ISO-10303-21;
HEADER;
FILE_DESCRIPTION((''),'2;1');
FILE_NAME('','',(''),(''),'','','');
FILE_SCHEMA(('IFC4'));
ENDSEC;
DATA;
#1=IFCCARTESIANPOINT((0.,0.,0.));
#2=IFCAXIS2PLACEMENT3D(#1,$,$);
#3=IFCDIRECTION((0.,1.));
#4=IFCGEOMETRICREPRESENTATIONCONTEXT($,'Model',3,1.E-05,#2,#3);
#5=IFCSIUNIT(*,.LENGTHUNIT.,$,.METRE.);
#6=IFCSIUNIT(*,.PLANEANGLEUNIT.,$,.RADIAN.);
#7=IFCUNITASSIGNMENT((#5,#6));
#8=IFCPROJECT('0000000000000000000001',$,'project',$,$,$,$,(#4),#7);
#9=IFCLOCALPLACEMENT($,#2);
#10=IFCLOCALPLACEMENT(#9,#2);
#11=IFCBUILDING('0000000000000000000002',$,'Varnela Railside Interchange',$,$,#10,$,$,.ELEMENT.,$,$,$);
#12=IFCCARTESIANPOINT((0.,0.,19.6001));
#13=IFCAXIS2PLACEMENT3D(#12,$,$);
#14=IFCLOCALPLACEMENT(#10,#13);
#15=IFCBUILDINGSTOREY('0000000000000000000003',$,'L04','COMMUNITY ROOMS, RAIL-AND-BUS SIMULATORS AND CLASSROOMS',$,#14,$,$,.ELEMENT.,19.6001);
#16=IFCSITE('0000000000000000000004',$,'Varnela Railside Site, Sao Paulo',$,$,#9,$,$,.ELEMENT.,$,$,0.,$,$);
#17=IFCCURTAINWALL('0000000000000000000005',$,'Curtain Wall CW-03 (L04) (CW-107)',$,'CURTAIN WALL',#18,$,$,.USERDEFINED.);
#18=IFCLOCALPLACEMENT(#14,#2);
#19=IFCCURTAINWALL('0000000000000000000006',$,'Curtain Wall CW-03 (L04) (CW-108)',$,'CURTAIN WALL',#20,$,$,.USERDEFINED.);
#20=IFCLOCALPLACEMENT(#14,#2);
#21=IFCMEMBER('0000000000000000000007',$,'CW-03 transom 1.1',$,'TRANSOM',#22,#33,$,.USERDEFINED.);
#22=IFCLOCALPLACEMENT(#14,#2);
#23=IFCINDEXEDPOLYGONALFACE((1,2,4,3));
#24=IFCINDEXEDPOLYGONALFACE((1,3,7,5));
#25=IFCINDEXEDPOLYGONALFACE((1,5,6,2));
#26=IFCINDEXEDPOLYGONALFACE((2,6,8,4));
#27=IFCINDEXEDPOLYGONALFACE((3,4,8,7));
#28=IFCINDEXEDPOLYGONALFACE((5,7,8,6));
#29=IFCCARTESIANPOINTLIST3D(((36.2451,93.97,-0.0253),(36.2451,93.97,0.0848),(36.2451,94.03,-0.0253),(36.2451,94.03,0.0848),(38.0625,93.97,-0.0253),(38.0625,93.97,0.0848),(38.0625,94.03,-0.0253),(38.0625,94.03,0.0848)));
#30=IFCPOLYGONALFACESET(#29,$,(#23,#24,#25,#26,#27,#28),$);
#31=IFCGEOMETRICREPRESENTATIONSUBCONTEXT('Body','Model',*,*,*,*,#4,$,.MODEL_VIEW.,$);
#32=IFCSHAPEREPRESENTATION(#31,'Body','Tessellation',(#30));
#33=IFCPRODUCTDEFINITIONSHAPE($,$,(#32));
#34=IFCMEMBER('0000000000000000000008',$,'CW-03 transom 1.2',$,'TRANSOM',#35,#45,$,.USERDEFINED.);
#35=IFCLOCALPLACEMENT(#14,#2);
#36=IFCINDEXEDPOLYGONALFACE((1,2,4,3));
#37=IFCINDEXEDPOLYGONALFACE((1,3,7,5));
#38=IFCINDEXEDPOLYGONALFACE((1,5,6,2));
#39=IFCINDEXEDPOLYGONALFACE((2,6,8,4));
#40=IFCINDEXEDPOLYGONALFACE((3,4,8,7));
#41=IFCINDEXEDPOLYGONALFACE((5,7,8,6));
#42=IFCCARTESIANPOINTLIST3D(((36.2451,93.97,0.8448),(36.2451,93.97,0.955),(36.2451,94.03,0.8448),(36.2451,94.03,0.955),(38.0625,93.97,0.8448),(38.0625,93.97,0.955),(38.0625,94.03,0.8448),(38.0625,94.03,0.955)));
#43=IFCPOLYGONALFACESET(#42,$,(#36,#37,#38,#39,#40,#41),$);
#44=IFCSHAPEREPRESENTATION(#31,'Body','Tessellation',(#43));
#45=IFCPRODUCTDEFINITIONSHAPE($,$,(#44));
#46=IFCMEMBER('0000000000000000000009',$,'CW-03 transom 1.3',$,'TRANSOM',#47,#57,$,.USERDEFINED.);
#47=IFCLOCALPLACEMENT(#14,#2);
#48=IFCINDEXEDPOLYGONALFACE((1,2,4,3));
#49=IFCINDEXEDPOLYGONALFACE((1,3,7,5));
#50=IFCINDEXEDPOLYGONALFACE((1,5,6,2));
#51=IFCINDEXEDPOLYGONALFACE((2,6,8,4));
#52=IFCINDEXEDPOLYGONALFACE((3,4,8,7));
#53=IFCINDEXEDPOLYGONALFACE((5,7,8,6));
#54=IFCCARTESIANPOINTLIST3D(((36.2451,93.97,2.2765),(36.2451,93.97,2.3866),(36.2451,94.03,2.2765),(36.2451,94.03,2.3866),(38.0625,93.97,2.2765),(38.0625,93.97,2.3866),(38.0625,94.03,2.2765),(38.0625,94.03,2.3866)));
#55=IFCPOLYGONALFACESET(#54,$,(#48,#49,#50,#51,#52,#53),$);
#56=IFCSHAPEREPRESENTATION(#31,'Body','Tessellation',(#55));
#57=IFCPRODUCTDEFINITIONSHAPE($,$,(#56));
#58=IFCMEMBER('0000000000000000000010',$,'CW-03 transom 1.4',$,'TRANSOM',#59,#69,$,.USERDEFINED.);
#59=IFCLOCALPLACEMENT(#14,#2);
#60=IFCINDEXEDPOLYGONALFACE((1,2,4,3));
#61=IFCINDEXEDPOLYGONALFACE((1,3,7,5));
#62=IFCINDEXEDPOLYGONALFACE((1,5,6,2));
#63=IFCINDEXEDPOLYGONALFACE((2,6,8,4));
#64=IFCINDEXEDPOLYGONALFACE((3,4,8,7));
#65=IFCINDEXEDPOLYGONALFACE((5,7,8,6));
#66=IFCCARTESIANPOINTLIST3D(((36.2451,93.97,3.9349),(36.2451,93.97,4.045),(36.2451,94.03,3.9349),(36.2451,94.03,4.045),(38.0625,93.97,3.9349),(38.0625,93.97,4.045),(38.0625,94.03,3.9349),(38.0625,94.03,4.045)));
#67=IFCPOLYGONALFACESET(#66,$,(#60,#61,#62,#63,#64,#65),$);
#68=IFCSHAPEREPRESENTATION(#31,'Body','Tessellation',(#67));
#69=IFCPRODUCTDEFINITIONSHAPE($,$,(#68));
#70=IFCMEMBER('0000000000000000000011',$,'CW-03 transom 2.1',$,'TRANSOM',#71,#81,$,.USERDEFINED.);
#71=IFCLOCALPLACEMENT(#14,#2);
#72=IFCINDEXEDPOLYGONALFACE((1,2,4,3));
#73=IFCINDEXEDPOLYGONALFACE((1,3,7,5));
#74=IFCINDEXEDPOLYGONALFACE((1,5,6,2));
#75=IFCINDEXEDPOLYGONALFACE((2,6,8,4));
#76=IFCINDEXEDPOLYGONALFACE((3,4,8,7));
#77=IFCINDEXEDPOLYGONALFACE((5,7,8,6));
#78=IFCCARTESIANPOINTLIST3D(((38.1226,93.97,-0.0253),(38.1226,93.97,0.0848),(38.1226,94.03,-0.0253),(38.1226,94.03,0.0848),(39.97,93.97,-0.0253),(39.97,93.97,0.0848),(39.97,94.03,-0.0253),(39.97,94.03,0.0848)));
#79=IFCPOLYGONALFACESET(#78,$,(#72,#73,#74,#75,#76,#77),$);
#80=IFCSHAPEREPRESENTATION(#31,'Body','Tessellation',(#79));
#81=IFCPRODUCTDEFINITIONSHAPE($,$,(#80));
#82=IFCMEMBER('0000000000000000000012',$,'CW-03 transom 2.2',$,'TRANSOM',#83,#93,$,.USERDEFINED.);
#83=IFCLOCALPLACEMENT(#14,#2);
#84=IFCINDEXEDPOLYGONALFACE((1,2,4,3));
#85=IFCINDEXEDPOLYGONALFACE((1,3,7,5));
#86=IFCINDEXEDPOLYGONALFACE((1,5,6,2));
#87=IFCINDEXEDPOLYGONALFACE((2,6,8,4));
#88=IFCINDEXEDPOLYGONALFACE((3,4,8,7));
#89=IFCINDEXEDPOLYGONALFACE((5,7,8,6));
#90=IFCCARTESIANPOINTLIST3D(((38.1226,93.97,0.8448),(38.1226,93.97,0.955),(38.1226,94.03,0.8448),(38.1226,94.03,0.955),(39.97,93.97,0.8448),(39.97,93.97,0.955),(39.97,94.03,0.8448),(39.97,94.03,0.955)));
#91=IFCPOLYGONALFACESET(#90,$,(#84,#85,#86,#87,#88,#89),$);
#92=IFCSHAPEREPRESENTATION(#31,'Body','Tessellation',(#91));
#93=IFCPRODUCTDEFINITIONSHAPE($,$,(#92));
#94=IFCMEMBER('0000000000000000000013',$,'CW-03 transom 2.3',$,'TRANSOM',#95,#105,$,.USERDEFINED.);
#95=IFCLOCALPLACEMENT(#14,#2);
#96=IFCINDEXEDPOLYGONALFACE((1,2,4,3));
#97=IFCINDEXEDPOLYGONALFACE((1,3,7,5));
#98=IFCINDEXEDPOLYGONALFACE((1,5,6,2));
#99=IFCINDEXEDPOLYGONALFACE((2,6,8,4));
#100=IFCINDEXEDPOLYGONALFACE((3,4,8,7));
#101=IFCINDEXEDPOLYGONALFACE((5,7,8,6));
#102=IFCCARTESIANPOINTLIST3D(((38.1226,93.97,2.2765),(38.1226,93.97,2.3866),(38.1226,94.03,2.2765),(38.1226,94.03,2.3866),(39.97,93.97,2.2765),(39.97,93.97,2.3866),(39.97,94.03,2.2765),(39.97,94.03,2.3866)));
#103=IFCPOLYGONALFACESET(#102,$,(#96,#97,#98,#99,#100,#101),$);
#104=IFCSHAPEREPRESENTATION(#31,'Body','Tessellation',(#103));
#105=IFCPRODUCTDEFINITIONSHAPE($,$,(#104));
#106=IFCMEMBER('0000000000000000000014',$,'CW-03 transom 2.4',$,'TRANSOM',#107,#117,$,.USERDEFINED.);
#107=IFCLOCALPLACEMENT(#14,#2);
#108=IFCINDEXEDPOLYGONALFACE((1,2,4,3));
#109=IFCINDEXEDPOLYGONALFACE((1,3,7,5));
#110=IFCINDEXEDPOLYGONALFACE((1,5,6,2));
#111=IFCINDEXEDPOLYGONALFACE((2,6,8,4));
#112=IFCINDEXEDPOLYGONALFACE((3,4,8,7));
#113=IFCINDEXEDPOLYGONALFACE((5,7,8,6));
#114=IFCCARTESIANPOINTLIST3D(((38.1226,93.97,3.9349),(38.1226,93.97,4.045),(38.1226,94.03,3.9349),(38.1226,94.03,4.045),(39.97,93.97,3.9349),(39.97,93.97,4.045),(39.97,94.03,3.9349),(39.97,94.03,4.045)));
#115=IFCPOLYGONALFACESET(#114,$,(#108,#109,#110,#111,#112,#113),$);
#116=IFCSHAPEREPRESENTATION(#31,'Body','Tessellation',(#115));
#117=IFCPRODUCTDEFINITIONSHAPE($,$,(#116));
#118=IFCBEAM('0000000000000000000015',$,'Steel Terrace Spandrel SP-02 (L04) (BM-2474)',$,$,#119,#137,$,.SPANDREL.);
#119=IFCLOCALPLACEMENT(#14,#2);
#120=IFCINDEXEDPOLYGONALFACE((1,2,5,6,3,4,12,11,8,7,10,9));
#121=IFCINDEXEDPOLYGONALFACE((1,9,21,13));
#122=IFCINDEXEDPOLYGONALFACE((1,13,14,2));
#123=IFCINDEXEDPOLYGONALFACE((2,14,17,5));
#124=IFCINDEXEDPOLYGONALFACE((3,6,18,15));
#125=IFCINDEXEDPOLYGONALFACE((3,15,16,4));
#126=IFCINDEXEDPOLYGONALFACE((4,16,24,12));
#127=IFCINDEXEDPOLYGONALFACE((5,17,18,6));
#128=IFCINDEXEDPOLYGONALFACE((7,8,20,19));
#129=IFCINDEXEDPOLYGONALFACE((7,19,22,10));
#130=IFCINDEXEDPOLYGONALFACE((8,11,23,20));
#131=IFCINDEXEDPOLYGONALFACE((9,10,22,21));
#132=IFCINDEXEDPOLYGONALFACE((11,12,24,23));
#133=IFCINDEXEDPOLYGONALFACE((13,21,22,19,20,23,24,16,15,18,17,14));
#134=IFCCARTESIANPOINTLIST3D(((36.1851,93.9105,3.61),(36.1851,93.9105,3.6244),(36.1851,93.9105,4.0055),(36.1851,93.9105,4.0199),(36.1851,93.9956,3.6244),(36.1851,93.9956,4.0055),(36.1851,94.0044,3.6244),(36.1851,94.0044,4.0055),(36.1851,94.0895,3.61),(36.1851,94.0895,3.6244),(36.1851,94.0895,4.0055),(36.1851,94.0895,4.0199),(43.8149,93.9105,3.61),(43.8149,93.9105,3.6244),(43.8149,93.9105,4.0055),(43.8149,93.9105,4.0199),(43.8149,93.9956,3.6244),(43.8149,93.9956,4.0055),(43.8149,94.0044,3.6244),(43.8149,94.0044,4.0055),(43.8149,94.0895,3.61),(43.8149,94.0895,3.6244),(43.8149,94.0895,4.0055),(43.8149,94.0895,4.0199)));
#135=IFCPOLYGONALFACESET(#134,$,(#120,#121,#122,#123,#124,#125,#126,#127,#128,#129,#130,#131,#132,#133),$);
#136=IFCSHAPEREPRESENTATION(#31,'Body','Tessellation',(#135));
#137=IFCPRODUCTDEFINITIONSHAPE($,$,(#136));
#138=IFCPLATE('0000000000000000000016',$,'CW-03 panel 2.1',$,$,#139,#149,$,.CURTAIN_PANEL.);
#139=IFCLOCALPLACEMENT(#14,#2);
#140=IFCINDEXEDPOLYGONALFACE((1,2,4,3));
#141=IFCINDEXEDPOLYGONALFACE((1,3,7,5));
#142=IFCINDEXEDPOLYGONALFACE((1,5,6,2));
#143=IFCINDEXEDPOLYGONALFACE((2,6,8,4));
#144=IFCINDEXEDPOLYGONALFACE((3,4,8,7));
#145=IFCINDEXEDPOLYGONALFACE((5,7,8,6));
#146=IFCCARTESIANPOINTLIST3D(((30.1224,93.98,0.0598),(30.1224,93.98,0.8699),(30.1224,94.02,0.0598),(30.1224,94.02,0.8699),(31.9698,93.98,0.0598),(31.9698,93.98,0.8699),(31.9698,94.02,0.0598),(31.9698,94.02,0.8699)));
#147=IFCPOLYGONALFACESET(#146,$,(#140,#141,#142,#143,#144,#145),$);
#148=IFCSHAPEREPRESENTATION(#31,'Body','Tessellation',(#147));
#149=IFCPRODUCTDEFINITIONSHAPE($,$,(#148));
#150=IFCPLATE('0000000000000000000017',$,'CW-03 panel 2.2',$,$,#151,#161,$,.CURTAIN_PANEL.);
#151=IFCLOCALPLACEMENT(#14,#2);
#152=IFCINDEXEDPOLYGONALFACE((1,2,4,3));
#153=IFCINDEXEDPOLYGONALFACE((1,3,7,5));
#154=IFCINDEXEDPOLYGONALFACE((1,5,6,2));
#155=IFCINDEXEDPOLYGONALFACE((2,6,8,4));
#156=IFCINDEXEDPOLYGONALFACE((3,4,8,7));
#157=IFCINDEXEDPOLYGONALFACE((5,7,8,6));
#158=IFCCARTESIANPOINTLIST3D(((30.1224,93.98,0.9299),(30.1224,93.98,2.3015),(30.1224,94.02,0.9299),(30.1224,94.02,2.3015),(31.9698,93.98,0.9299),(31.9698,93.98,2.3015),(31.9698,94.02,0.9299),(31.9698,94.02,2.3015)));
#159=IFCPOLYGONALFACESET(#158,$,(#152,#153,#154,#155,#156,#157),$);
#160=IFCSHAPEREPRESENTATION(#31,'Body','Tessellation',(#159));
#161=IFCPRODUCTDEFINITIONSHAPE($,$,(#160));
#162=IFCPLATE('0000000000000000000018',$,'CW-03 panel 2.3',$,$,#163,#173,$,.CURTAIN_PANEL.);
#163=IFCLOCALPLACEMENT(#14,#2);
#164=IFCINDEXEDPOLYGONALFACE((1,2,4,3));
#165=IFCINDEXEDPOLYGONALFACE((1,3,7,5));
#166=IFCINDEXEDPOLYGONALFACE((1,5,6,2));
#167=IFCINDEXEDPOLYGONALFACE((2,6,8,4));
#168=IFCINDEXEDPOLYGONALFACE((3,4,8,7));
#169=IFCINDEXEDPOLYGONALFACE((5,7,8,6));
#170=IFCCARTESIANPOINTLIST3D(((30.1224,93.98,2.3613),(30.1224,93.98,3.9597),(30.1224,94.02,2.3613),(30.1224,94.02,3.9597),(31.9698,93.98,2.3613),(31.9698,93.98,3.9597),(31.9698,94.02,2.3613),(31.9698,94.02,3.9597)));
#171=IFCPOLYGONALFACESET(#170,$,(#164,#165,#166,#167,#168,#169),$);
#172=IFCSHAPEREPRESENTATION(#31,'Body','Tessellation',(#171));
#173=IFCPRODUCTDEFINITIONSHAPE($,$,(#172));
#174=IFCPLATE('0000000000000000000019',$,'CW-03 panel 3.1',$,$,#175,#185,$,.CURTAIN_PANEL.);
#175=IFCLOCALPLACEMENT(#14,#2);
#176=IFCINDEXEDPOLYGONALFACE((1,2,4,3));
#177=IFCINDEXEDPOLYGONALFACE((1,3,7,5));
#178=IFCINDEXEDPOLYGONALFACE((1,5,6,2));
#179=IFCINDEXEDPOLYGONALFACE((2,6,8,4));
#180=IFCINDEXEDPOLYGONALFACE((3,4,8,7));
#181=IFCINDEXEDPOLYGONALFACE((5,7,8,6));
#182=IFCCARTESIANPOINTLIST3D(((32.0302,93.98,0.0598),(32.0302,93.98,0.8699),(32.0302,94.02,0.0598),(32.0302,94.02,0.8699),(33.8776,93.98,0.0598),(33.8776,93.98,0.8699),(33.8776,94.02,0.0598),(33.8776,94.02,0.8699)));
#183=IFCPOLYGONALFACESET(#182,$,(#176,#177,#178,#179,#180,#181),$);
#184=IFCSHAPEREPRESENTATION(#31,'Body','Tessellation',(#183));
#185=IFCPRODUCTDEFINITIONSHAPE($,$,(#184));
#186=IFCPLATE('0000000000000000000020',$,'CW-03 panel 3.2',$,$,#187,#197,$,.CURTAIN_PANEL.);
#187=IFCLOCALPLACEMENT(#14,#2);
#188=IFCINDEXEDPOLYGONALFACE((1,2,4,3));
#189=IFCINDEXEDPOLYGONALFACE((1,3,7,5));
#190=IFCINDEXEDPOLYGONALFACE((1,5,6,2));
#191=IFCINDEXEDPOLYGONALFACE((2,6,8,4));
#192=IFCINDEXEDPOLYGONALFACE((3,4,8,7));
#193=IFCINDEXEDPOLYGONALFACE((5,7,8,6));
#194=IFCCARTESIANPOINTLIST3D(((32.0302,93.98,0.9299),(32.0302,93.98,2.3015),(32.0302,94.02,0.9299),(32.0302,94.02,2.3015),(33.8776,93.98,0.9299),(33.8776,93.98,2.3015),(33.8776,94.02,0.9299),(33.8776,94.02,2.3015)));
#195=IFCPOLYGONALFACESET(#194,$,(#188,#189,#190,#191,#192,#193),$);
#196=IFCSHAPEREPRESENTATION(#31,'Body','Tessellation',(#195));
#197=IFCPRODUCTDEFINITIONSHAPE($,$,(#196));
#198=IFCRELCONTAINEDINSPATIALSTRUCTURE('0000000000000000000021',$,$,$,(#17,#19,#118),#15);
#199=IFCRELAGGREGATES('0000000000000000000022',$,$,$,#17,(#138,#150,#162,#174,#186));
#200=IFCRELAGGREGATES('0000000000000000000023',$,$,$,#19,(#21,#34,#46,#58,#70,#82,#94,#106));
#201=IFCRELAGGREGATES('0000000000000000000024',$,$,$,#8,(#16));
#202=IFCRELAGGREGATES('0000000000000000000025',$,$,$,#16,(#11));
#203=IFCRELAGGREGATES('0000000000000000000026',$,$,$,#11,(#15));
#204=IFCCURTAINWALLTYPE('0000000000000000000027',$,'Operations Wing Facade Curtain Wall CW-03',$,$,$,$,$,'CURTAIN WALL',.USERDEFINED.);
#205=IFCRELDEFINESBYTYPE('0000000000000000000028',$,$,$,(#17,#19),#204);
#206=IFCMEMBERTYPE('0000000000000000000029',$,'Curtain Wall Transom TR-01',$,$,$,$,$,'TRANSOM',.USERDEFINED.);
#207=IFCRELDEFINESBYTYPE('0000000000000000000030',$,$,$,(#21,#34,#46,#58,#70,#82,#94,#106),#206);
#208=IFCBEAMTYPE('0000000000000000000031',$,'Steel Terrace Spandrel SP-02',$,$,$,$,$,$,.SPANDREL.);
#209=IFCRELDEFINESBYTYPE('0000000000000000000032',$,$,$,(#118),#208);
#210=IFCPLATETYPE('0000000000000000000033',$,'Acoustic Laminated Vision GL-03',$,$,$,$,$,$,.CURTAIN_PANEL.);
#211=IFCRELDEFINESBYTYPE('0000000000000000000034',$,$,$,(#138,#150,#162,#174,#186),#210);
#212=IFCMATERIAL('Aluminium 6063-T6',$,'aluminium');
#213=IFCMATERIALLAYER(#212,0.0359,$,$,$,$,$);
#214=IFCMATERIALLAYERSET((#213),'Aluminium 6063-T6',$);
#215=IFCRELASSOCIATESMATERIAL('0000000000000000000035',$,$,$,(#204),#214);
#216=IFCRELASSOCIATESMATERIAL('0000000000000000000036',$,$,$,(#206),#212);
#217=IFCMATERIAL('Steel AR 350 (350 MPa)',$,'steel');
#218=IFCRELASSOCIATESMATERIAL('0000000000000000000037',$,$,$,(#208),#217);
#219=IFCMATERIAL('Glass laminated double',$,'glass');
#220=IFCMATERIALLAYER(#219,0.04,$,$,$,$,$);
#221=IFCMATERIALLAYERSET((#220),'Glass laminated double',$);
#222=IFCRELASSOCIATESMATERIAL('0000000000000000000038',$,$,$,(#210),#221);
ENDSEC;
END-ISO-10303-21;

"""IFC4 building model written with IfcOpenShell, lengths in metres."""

from ifc_helpers import new_model, si_unit, direction, frame, origin, origin_2d, place, context, subcontext, project, spatial, rectangle, i_section, extrude, material, layer, layer_set, material_profile, profile_set, type_object, element, aggregate, save


model = new_model("IFC4")

# Units and contexts
model_context = context("Model", 3, precision=1e-05, world=origin(), true_north=direction((0.0, 1.0)))
body_context = subcontext(model_context, "Body", "Model", "MODEL_VIEW")
ifc_project = project(units=[si_unit("LENGTHUNIT", "METRE"), si_unit("PLANEANGLEUNIT", "RADIAN")], contexts=[model_context])

# Site, building, storey
site_placement = place(None, origin())
site = spatial("IfcSite", under=ifc_project, at=site_placement, Name="Varnela Railside Site, Sao Paulo", CompositionType="ELEMENT", RefElevation=0.0)
building_placement = place(site_placement, origin())
building = spatial("IfcBuilding", under=site, at=building_placement, Name="Varnela Railside Interchange", CompositionType="ELEMENT")
storey_placement = place(building_placement, frame((0.0, 0.0, 19.6001)))
storey = spatial("IfcBuildingStorey", under=building, at=storey_placement, Name="L04", Description="COMMUNITY ROOMS, RAIL-AND-BUS SIMULATORS AND CLASSROOMS", CompositionType="ELEMENT", Elevation=19.6001)

# Shared definitions
ifc_material_1 = material(Name="Steel AR 350 (350 MPa)", Category="steel")

# Curtain walls
ifc_material_2 = material(Name="Aluminium 6063-T6", Category="aluminium")
ifc_layer_1 = layer(ifc_material_2, 0.0359)
ifc_layer_set_1 = layer_set([ifc_layer_1], Name="Aluminium 6063-T6")
curtain_wall_type = type_object("IfcCurtainWallType", Name="Operations Wing Facade Curtain Wall CW-03", ElementType="CURTAIN WALL", PredefinedType="USERDEFINED", material=ifc_layer_set_1)
curtain_wall_1_placement = place(storey_placement, origin())
curtain_wall_1 = element("IfcCurtainWall", 1, at=curtain_wall_1_placement, inside=storey, type_object=curtain_wall_type, Name="Curtain Wall CW-03 (L04) (CW-107)", ObjectType="CURTAIN WALL", PredefinedType="USERDEFINED")
curtain_wall_2_placement = place(storey_placement, origin())
curtain_wall_2 = element("IfcCurtainWall", 2, at=curtain_wall_2_placement, inside=storey, type_object=curtain_wall_type, Name="Curtain Wall CW-03 (L04) (CW-108)", ObjectType="CURTAIN WALL", PredefinedType="USERDEFINED")

# Members
ifc_material_profile_1 = material_profile(ifc_material_2, rectangle(XDim=0.0601, YDim=0.1101, at=origin_2d()), Name="ALU 60x110")
ifc_profile_set_1 = profile_set([ifc_material_profile_1], Name="Aluminium 6063-T6")
member_type_1 = type_object("IfcMemberType", Name="Curtain Wall Transom TR-01", ElementType="TRANSOM", PredefinedType="USERDEFINED", material=ifc_profile_set_1)
member_1_placement = place(storey_placement, frame((36.2451, 94.0, 0.0298), z_axis=(1.0, 0.0, 0.0), x_axis=(0.0, 1.0, 0.0)))
member_1 = element("IfcMember", 3, at=member_1_placement, type_object=member_type_1, Name="CW-03 transom 1.1", ObjectType="TRANSOM", PredefinedType="USERDEFINED", context=body_context, shape_type="SweptSolid", body=[
    extrude(rectangle(XDim=0.0601, YDim=0.1101, at=origin_2d()), origin(), (0.0, 0.0, 1.0), 1.8174),
])
member_2_placement = place(storey_placement, frame((36.2451, 94.0, 0.8999), z_axis=(1.0, 0.0, 0.0), x_axis=(0.0, 1.0, 0.0)))
member_2 = element("IfcMember", 4, at=member_2_placement, type_object=member_type_1, Name="CW-03 transom 1.2", ObjectType="TRANSOM", PredefinedType="USERDEFINED", context=body_context, shape_type="SweptSolid", body=[
    extrude(rectangle(XDim=0.0601, YDim=0.1101, at=origin_2d()), origin(), (0.0, 0.0, 1.0), 1.8174),
])
member_3_placement = place(storey_placement, frame((36.2451, 94.0, 2.3315), z_axis=(1.0, 0.0, 0.0), x_axis=(0.0, 1.0, 0.0)))
member_3 = element("IfcMember", 5, at=member_3_placement, type_object=member_type_1, Name="CW-03 transom 1.3", ObjectType="TRANSOM", PredefinedType="USERDEFINED", context=body_context, shape_type="SweptSolid", body=[
    extrude(rectangle(XDim=0.0601, YDim=0.1101, at=origin_2d()), origin(), (0.0, 0.0, 1.0), 1.8174),
])
member_4_placement = place(storey_placement, frame((36.2451, 94.0, 3.99), z_axis=(1.0, 0.0, 0.0), x_axis=(0.0, 1.0, 0.0)))
member_4 = element("IfcMember", 6, at=member_4_placement, type_object=member_type_1, Name="CW-03 transom 1.4", ObjectType="TRANSOM", PredefinedType="USERDEFINED", context=body_context, shape_type="SweptSolid", body=[
    extrude(rectangle(XDim=0.0601, YDim=0.1101, at=origin_2d()), origin(), (0.0, 0.0, 1.0), 1.8174),
])
member_5_placement = place(storey_placement, frame((38.1226, 94.0, 0.0298), z_axis=(1.0, 0.0, 0.0), x_axis=(0.0, 1.0, 0.0)))
member_5 = element("IfcMember", 7, at=member_5_placement, type_object=member_type_1, Name="CW-03 transom 2.1", ObjectType="TRANSOM", PredefinedType="USERDEFINED", context=body_context, shape_type="SweptSolid", body=[
    extrude(rectangle(XDim=0.0601, YDim=0.1101, at=origin_2d()), origin(), (0.0, 0.0, 1.0), 1.8474),
])
member_6_placement = place(storey_placement, frame((38.1226, 94.0, 0.8999), z_axis=(1.0, 0.0, 0.0), x_axis=(0.0, 1.0, 0.0)))
member_6 = element("IfcMember", 8, at=member_6_placement, type_object=member_type_1, Name="CW-03 transom 2.2", ObjectType="TRANSOM", PredefinedType="USERDEFINED", context=body_context, shape_type="SweptSolid", body=[
    extrude(rectangle(XDim=0.0601, YDim=0.1101, at=origin_2d()), origin(), (0.0, 0.0, 1.0), 1.8474),
])
member_7_placement = place(storey_placement, frame((38.1226, 94.0, 2.3315), z_axis=(1.0, 0.0, 0.0), x_axis=(0.0, 1.0, 0.0)))
member_7 = element("IfcMember", 9, at=member_7_placement, type_object=member_type_1, Name="CW-03 transom 2.3", ObjectType="TRANSOM", PredefinedType="USERDEFINED", context=body_context, shape_type="SweptSolid", body=[
    extrude(rectangle(XDim=0.0601, YDim=0.1101, at=origin_2d()), origin(), (0.0, 0.0, 1.0), 1.8474),
])
member_8_placement = place(storey_placement, frame((38.1226, 94.0, 3.99), z_axis=(1.0, 0.0, 0.0), x_axis=(0.0, 1.0, 0.0)))
member_8 = element("IfcMember", 10, at=member_8_placement, type_object=member_type_1, Name="CW-03 transom 2.4", ObjectType="TRANSOM", PredefinedType="USERDEFINED", context=body_context, shape_type="SweptSolid", body=[
    extrude(rectangle(XDim=0.0601, YDim=0.1101, at=origin_2d()), origin(), (0.0, 0.0, 1.0), 1.8474),
])

# Beam
ifc_material_profile_2 = material_profile(ifc_material_1, i_section(OverallWidth=0.179, OverallDepth=0.4099, WebThickness=0.0088, FlangeThickness=0.0144, at=origin_2d()), Name="W410x67")
ifc_profile_set_2 = profile_set([ifc_material_profile_2], Name="Steel AR 350 (350 MPa)")
beam_type = type_object("IfcBeamType", Name="Steel Terrace Spandrel SP-02", PredefinedType="SPANDREL", material=ifc_profile_set_2)
beam_placement = place(storey_placement, frame((36.1851, 94.0, 3.8149), z_axis=(1.0, 0.0, 0.0), x_axis=(0.0, 1.0, 0.0)))
element("IfcBeam", 11, at=beam_placement, inside=storey, type_object=beam_type, Name="Steel Terrace Spandrel SP-02 (L04) (BM-2474)", PredefinedType="SPANDREL", context=body_context, shape_type="SweptSolid", body=[
    extrude(i_section(OverallWidth=0.179, OverallDepth=0.4099, WebThickness=0.0088, FlangeThickness=0.0144, at=origin_2d()), origin(), (0.0, 0.0, 1.0), 7.6299),
])

# Plates
ifc_material_3 = material(Name="Glass laminated double", Category="glass")
ifc_layer_2 = layer(ifc_material_3, 0.04)
ifc_layer_set_2 = layer_set([ifc_layer_2], Name="Glass laminated double")
plate_type = type_object("IfcPlateType", Name="Acoustic Laminated Vision GL-03", PredefinedType="CURTAIN_PANEL", material=ifc_layer_set_2)
plate_1_placement = place(storey_placement, frame((31.0461, 94.0, 0.0598), z_axis=(0.0, 0.0, 1.0), x_axis=(1.0, 0.0, 0.0)))
plate_1 = element("IfcPlate", 12, at=plate_1_placement, type_object=plate_type, Name="CW-03 panel 2.1", PredefinedType="CURTAIN_PANEL", context=body_context, shape_type="SweptSolid", body=[
    extrude(rectangle(XDim=1.8474, YDim=0.04, at=origin_2d()), origin(), (0.0, 0.0, 1.0), 0.8101),
])
plate_2_placement = place(storey_placement, frame((31.0461, 94.0, 0.9299), z_axis=(0.0, 0.0, 1.0), x_axis=(1.0, 0.0, 0.0)))
plate_2 = element("IfcPlate", 13, at=plate_2_placement, type_object=plate_type, Name="CW-03 panel 2.2", PredefinedType="CURTAIN_PANEL", context=body_context, shape_type="SweptSolid", body=[
    extrude(rectangle(XDim=1.8474, YDim=0.04, at=origin_2d()), origin(), (0.0, 0.0, 1.0), 1.3716),
])
plate_3_placement = place(storey_placement, frame((31.0461, 94.0, 2.3613), z_axis=(0.0, 0.0, 1.0), x_axis=(1.0, 0.0, 0.0)))
plate_3 = element("IfcPlate", 14, at=plate_3_placement, type_object=plate_type, Name="CW-03 panel 2.3", PredefinedType="CURTAIN_PANEL", context=body_context, shape_type="SweptSolid", body=[
    extrude(rectangle(XDim=1.8474, YDim=0.04, at=origin_2d()), origin(), (0.0, 0.0, 1.0), 1.5984),
])
plate_4_placement = place(storey_placement, frame((32.9539, 94.0, 0.0598), z_axis=(0.0, 0.0, 1.0), x_axis=(1.0, 0.0, 0.0)))
plate_4 = element("IfcPlate", 15, at=plate_4_placement, type_object=plate_type, Name="CW-03 panel 3.1", PredefinedType="CURTAIN_PANEL", context=body_context, shape_type="SweptSolid", body=[
    extrude(rectangle(XDim=1.8474, YDim=0.04, at=origin_2d()), origin(), (0.0, 0.0, 1.0), 0.8101),
])
plate_5_placement = place(storey_placement, frame((32.9539, 94.0, 0.9299), z_axis=(0.0, 0.0, 1.0), x_axis=(1.0, 0.0, 0.0)))
plate_5 = element("IfcPlate", 16, at=plate_5_placement, type_object=plate_type, Name="CW-03 panel 3.2", PredefinedType="CURTAIN_PANEL", context=body_context, shape_type="SweptSolid", body=[
    extrude(rectangle(XDim=1.8474, YDim=0.04, at=origin_2d()), origin(), (0.0, 0.0, 1.0), 1.3716),
])
aggregate(curtain_wall_1, [plate_1, plate_2, plate_3, plate_4, plate_5])
aggregate(curtain_wall_2, [member_1, member_2, member_3, member_4, member_5, member_6, member_7, member_8])

save(model, "model.ifc")
